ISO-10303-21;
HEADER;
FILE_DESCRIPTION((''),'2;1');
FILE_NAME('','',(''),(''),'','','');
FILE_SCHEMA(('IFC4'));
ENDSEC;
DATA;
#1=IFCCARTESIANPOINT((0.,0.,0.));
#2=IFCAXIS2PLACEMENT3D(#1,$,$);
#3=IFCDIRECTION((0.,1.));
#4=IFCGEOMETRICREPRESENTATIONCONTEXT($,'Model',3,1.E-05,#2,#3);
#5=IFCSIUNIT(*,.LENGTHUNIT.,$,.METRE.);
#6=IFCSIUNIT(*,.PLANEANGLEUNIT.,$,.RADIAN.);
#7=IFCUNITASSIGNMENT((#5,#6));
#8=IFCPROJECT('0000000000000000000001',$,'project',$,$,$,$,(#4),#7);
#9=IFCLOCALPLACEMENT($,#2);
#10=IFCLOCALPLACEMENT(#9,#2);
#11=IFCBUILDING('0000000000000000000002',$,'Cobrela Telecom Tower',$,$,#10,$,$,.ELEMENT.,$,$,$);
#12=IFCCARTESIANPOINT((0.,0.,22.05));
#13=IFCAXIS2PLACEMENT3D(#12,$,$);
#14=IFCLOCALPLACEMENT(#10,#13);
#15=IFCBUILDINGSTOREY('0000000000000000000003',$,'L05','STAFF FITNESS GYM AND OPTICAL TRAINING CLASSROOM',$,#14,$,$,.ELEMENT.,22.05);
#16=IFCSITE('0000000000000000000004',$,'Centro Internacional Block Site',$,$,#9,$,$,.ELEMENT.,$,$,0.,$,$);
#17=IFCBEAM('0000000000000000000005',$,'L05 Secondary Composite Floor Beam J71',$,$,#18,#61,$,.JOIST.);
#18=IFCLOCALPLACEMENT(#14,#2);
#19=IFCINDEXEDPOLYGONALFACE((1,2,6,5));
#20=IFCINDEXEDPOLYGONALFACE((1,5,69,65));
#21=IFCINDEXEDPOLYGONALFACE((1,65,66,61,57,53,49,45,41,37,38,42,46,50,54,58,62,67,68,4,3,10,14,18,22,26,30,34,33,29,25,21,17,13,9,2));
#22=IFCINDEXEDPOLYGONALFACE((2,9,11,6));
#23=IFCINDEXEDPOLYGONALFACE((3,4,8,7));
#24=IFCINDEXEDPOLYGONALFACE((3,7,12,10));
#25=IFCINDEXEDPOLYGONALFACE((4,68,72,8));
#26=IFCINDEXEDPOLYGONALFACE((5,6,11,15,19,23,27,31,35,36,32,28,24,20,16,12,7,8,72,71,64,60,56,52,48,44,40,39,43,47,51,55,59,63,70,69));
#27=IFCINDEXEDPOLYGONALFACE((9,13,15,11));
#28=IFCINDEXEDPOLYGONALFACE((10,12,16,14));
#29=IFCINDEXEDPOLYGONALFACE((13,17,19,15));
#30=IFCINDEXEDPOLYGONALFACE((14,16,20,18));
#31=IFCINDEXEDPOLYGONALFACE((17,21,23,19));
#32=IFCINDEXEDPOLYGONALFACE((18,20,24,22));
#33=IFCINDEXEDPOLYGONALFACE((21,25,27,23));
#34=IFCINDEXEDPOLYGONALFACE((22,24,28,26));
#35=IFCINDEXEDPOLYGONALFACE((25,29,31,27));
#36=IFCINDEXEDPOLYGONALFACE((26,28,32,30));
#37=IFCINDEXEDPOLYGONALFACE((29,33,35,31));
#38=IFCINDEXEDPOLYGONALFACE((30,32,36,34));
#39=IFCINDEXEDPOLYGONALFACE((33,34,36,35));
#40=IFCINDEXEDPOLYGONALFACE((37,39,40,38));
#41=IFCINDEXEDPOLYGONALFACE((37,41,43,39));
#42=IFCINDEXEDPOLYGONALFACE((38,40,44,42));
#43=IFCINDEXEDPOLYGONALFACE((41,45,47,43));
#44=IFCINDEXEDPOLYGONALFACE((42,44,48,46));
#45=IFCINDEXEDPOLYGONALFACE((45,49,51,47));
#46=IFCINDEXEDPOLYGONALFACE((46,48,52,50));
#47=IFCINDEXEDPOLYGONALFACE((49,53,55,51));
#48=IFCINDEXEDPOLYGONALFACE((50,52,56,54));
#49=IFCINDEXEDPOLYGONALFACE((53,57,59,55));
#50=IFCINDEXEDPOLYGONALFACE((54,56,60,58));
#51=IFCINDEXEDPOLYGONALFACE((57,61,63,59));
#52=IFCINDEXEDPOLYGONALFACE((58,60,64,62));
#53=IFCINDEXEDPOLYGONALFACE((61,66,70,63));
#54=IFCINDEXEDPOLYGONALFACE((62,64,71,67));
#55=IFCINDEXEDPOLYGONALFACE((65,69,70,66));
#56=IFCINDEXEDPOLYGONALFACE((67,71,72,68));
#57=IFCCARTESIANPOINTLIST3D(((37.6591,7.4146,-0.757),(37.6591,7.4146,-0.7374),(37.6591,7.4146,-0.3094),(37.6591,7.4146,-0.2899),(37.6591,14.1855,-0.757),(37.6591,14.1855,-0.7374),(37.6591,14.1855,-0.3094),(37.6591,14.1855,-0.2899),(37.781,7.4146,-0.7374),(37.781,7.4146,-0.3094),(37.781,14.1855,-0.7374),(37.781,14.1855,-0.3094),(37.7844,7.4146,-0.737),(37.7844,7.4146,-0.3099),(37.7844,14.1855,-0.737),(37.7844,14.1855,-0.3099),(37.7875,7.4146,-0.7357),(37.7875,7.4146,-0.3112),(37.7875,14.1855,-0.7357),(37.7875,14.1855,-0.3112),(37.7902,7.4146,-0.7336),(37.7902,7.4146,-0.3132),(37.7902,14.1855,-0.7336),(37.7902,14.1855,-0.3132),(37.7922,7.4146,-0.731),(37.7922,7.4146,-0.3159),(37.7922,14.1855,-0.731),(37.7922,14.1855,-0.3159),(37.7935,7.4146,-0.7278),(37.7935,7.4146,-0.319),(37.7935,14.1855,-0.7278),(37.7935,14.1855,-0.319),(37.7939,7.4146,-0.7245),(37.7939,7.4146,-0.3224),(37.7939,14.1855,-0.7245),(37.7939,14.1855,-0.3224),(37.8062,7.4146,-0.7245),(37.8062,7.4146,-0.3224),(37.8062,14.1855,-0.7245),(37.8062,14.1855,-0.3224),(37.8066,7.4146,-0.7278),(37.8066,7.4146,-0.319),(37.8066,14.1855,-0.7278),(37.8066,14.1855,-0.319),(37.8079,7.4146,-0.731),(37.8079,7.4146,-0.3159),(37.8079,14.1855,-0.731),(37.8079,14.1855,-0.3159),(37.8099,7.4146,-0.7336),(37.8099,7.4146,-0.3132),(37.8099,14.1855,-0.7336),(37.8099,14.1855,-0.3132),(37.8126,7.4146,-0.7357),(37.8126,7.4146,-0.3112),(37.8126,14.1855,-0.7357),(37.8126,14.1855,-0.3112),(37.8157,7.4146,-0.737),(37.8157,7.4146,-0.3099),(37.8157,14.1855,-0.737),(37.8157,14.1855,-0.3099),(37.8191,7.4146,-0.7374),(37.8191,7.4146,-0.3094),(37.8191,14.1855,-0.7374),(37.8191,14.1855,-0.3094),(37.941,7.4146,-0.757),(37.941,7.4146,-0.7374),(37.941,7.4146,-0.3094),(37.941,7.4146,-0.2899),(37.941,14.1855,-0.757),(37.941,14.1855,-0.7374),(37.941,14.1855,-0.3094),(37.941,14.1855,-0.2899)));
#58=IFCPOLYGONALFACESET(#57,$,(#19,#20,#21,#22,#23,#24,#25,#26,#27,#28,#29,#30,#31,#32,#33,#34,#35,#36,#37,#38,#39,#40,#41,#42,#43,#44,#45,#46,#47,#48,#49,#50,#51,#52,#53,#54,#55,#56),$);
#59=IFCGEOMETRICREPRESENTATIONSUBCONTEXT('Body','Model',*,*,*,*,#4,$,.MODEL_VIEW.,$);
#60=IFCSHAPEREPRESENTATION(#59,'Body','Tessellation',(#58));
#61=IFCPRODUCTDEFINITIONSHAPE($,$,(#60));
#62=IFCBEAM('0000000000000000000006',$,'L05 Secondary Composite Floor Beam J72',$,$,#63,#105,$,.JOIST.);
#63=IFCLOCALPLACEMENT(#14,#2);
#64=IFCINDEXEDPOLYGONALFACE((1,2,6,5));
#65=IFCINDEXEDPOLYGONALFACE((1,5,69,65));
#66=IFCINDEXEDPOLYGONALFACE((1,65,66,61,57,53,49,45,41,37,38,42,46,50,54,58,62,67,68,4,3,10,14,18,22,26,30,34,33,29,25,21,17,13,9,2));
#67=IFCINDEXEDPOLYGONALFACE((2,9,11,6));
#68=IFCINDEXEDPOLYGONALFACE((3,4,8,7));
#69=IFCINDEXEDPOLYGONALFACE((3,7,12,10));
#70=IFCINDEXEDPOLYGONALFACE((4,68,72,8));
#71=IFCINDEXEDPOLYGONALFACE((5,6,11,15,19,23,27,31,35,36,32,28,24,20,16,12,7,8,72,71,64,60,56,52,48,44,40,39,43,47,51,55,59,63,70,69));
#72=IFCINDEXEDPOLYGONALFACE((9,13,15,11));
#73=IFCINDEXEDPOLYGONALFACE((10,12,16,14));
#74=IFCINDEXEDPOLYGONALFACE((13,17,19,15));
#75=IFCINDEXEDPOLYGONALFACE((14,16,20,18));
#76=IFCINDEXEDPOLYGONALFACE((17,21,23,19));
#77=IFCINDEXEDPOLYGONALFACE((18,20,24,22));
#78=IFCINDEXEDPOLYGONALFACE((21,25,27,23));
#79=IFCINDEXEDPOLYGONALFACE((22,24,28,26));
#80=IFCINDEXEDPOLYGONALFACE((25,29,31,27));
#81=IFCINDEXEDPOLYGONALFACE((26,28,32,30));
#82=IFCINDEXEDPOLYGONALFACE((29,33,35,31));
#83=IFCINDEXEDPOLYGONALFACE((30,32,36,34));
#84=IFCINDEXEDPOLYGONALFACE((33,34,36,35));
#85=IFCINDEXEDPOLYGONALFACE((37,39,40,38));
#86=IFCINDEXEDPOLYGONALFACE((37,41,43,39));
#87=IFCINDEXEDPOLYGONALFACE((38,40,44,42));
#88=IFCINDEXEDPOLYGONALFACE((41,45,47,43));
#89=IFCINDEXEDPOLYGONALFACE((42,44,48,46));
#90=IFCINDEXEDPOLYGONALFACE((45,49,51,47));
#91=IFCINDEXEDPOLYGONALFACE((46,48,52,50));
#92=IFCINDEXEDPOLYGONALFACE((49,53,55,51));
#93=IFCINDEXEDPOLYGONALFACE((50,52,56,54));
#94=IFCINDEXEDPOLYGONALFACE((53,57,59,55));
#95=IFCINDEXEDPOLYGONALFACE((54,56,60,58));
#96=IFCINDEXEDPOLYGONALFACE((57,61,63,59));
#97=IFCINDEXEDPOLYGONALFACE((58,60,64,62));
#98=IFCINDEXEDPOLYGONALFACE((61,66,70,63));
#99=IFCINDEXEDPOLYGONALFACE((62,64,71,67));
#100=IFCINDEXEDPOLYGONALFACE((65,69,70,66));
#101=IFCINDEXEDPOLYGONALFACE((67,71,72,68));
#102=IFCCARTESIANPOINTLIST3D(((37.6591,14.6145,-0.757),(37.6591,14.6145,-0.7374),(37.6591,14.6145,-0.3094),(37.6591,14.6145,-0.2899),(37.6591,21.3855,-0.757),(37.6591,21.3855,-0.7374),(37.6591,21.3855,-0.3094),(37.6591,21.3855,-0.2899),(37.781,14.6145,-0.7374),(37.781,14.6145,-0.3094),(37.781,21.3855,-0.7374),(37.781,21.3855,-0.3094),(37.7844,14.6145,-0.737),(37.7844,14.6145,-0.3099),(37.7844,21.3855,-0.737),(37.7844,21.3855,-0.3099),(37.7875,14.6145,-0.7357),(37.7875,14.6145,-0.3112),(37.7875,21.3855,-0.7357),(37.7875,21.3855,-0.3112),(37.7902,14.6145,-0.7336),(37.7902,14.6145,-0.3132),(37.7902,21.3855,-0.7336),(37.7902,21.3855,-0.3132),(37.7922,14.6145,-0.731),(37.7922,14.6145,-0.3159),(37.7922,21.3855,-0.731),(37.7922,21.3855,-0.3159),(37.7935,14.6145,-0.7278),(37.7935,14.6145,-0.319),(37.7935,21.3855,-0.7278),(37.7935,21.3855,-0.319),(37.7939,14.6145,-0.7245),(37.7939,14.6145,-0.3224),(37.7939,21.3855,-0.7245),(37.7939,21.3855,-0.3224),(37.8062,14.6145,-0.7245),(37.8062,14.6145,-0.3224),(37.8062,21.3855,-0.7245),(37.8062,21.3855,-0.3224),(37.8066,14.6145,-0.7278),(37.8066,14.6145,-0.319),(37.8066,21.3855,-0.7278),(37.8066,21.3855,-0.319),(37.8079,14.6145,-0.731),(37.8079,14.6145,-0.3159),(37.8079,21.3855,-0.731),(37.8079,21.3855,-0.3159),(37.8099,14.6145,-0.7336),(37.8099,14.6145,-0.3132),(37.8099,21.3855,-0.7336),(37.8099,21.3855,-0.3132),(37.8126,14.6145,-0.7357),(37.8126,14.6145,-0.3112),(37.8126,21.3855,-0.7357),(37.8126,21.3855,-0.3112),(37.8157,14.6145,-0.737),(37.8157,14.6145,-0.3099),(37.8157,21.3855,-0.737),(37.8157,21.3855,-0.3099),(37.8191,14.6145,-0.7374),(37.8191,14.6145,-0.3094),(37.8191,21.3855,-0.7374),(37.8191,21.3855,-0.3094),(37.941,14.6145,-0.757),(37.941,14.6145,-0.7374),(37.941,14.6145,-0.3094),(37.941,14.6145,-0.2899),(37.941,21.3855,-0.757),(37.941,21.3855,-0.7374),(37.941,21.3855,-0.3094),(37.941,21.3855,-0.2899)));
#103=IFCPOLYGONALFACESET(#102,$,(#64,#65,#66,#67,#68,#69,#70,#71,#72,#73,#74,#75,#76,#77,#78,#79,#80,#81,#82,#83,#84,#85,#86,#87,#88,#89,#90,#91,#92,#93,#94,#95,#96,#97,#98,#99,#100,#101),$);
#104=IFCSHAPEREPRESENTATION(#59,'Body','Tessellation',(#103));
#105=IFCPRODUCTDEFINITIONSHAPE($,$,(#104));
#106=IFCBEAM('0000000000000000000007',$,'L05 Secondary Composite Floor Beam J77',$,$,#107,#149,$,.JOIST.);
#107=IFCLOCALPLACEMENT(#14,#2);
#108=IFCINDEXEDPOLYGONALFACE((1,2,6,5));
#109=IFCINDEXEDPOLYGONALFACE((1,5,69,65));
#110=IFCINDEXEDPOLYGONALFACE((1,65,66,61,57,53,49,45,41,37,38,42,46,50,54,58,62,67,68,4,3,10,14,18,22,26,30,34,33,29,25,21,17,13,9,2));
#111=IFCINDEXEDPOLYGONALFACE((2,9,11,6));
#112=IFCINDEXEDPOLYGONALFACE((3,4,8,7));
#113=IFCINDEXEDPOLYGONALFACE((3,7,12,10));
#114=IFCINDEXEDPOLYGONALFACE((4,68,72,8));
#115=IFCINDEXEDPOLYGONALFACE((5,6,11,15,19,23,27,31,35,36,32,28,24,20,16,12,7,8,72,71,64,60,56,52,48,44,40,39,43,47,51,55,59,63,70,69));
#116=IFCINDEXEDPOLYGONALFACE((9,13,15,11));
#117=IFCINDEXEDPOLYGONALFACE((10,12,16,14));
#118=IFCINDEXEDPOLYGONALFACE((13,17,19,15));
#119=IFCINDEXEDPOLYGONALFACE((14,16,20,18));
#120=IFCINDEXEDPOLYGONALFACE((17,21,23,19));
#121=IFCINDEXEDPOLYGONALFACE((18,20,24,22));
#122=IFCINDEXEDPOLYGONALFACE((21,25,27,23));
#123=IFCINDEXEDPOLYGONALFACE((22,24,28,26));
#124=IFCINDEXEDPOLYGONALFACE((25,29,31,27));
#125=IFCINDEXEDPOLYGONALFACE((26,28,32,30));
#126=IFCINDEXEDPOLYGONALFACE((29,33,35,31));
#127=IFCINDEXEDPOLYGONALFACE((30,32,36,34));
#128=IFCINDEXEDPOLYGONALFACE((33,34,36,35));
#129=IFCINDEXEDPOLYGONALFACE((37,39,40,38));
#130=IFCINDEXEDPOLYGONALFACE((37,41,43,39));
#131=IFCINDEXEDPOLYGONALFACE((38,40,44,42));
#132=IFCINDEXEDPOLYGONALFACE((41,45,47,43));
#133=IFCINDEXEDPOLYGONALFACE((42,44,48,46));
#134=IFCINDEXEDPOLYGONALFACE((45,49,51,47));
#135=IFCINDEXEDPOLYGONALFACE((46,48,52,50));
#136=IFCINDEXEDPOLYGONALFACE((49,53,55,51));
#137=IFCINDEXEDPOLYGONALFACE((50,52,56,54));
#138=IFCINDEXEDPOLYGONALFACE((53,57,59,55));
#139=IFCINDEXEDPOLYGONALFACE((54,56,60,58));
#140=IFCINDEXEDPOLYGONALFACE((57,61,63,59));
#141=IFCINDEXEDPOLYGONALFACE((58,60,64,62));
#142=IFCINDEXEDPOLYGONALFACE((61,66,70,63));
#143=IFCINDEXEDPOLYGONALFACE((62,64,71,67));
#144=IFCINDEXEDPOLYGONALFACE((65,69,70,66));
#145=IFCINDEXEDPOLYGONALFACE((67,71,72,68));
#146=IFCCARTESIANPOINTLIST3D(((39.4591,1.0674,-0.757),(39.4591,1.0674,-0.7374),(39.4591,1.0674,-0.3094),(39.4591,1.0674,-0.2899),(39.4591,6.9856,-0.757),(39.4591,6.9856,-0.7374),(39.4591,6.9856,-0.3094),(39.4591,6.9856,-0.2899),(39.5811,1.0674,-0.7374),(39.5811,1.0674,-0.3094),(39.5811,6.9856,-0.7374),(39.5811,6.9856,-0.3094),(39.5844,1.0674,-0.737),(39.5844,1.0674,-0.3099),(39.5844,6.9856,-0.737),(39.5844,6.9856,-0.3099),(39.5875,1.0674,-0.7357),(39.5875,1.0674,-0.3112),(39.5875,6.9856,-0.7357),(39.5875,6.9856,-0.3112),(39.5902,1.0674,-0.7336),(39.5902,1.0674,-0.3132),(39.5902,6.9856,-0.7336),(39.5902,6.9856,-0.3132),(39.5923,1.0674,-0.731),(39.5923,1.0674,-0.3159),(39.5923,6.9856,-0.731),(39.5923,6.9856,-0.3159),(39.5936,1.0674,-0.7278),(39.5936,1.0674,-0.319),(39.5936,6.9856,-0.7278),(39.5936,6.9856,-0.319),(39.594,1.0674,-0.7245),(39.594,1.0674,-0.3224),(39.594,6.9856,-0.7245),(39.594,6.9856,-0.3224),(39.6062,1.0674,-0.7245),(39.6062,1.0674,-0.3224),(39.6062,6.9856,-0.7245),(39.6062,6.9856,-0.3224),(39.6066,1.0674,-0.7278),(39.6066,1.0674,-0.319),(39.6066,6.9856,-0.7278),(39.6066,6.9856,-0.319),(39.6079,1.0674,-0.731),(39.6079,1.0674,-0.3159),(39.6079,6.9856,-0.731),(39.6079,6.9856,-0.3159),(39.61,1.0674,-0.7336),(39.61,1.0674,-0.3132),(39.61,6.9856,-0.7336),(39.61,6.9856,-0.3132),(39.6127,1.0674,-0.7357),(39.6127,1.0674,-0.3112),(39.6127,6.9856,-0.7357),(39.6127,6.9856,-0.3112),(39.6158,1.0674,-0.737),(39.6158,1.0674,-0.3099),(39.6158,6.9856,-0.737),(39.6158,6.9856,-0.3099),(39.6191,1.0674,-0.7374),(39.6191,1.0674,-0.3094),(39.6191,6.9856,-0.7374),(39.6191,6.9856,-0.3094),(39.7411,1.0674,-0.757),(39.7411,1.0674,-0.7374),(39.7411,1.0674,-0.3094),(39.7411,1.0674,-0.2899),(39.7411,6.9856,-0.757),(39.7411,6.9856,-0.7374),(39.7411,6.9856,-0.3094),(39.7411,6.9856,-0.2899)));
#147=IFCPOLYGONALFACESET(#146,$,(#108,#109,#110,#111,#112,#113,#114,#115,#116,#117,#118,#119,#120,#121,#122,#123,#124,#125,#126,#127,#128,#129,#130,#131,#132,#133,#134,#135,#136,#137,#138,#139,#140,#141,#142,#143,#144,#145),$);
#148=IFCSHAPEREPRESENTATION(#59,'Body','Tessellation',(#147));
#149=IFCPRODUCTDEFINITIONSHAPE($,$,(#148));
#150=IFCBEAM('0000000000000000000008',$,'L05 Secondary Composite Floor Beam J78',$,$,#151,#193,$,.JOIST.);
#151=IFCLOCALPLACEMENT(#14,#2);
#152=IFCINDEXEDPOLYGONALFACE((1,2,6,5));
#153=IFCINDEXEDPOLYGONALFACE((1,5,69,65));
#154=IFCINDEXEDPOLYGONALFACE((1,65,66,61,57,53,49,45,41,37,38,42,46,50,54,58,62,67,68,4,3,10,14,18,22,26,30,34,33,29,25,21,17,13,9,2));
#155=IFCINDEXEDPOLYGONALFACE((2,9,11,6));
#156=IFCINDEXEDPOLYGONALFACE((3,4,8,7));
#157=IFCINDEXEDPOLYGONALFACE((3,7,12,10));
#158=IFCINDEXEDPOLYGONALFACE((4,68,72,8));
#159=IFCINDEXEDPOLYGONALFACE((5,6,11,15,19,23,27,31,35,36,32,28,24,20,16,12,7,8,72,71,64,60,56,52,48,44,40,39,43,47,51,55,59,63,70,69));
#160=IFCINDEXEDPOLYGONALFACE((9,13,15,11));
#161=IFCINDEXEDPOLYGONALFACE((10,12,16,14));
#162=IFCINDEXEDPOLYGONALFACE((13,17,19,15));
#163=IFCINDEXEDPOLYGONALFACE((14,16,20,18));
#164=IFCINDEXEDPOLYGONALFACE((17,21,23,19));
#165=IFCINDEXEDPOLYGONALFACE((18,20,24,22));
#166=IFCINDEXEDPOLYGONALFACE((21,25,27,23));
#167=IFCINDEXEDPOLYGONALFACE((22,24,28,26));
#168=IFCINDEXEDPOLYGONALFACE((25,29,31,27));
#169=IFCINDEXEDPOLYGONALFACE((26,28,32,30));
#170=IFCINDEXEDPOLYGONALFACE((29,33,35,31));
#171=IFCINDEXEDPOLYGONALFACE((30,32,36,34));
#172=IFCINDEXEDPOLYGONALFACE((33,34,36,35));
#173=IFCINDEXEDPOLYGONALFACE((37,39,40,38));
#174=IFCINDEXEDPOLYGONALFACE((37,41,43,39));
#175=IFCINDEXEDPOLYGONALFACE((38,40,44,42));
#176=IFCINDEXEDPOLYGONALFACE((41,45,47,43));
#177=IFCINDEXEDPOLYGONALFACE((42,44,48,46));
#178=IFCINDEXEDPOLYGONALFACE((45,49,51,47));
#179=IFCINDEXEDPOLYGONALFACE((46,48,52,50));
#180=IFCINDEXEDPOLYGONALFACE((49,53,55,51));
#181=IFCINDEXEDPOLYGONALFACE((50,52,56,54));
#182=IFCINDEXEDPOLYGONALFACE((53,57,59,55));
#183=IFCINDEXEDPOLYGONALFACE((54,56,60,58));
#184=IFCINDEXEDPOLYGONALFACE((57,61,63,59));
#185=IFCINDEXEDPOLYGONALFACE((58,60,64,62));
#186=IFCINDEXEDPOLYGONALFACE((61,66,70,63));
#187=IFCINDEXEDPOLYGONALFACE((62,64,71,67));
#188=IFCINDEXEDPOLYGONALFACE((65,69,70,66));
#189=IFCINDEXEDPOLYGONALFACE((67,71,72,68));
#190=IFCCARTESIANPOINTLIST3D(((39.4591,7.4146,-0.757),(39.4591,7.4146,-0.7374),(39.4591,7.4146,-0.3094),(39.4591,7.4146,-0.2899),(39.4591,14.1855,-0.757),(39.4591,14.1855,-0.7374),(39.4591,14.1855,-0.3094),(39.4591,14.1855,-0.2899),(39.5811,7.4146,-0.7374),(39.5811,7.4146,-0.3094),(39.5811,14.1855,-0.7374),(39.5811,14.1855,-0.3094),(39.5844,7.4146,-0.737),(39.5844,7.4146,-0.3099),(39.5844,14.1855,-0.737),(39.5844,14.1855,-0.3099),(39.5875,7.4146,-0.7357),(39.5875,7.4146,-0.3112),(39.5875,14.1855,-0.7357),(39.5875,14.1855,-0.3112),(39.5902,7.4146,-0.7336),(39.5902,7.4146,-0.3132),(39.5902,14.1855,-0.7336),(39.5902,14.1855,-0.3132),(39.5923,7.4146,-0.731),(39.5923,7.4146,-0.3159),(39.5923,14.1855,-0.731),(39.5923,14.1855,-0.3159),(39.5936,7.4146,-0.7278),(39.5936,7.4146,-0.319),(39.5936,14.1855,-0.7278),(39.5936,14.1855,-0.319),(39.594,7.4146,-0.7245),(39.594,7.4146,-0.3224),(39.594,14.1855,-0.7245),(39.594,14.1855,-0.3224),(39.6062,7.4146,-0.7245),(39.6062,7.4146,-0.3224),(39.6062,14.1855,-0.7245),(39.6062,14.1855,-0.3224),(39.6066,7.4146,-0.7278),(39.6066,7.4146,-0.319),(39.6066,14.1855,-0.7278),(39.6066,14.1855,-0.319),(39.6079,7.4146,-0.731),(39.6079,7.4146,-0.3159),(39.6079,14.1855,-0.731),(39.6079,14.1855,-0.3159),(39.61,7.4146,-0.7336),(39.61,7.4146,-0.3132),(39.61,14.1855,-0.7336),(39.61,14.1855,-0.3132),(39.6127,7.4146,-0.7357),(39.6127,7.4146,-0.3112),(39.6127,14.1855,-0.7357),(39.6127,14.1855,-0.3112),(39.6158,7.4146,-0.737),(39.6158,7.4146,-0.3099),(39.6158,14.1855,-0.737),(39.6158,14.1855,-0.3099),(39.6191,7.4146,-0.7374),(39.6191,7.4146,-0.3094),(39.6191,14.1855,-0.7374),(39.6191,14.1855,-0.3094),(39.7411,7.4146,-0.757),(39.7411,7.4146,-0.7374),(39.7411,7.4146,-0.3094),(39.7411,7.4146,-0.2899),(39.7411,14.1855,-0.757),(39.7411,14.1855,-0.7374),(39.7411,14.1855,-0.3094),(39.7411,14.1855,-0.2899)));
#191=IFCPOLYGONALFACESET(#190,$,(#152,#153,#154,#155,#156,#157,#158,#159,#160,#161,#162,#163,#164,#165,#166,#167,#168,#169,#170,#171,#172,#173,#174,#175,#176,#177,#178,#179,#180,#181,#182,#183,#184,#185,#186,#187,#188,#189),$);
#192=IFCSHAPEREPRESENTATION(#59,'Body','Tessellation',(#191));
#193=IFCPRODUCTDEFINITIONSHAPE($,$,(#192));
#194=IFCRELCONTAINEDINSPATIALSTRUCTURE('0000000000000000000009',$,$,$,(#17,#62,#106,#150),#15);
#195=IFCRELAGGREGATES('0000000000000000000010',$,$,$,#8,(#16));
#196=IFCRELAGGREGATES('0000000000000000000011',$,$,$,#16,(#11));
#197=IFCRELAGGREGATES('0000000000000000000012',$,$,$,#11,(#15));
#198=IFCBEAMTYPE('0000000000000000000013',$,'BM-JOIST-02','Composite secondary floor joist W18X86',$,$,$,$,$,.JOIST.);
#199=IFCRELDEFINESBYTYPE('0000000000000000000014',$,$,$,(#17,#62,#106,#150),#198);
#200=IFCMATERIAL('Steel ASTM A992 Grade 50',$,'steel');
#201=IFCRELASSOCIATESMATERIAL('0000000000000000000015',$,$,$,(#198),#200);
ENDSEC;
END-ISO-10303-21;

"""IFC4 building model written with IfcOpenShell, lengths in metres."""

from ifc_helpers import new_model, si_unit, direction, frame, origin, origin_2d, place, context, subcontext, project, spatial, i_section, extrude, material, material_profile, profile_set, type_object, element, save


model = new_model("IFC4")

# Units and contexts
model_context = context("Model", 3, precision=1e-05, world=origin(), true_north=direction((0.0, 1.0)))
body_context = subcontext(model_context, "Body", "Model", "MODEL_VIEW")
ifc_project = project(units=[si_unit("LENGTHUNIT", "METRE"), si_unit("PLANEANGLEUNIT", "RADIAN")], contexts=[model_context])

# Site, building, storey
site_placement = place(None, origin())
site = spatial("IfcSite", under=ifc_project, at=site_placement, Name="Centro Internacional Block Site", CompositionType="ELEMENT", RefElevation=0.0)
building_placement = place(site_placement, origin())
building = spatial("IfcBuilding", under=site, at=building_placement, Name="Cobrela Telecom Tower", CompositionType="ELEMENT")
storey_placement = place(building_placement, frame((0.0, 0.0, 22.05)))
storey = spatial("IfcBuildingStorey", under=building, at=storey_placement, Name="L05", Description="STAFF FITNESS GYM AND OPTICAL TRAINING CLASSROOM", CompositionType="ELEMENT", Elevation=22.05)

# Beams
ifc_material_1 = material(Name="Steel ASTM A992 Grade 50", Category="steel")
ifc_material_profile_1 = material_profile(ifc_material_1, i_section(OverallWidth=0.282, OverallDepth=0.467, WebThickness=0.0122, FlangeThickness=0.0195, FilletRadius=0.0129, at=origin_2d()), Name="W18X86")
ifc_profile_set_1 = profile_set([ifc_material_profile_1], Name="Steel ASTM A992 Grade 50")
beam_type_1 = type_object("IfcBeamType", Name="BM-JOIST-02", Description="Composite secondary floor joist W18X86", PredefinedType="JOIST", material=ifc_profile_set_1)
for number, where, z_axis, x_axis, name in (
    (1, (37.8, 7.4146, -0.5234), (0.0, 1.0, 0.0), (-1.0, 0.0, 0.0), "L05 Secondary Composite Floor Beam J71"),
    (2, (37.8, 14.6145, -0.5234), (0.0, 1.0, 0.0), (-1.0, 0.0, 0.0), "L05 Secondary Composite Floor Beam J72"),
):
    element("IfcBeam", number, at=place(storey_placement, frame(where, z_axis=z_axis, x_axis=x_axis)), inside=storey, type_object=beam_type_1, Name=name, PredefinedType="JOIST", context=body_context, shape_type="SweptSolid", body=[
        extrude(i_section(OverallWidth=0.282, OverallDepth=0.467, WebThickness=0.0122, FlangeThickness=0.0195, FilletRadius=0.0129, at=origin_2d()), origin(), (0.0, 0.0, 1.0), 6.771),
    ])
beam_1_placement = place(storey_placement, frame((39.6001, 1.0674, -0.5234), z_axis=(0.0, 1.0, 0.0), x_axis=(-1.0, 0.0, 0.0)))
element("IfcBeam", 3, at=beam_1_placement, inside=storey, type_object=beam_type_1, Name="L05 Secondary Composite Floor Beam J77", PredefinedType="JOIST", context=body_context, shape_type="SweptSolid", body=[
    extrude(i_section(OverallWidth=0.282, OverallDepth=0.467, WebThickness=0.0122, FlangeThickness=0.0195, FilletRadius=0.0129, at=origin_2d()), origin(), (0.0, 0.0, 1.0), 5.9182),
])
for number, where, z_axis, x_axis, name in (
    (4, (39.6001, 7.4146, -0.5234), (0.0, 1.0, 0.0), (-1.0, 0.0, 0.0), "L05 Secondary Composite Floor Beam J78"),
):
    element("IfcBeam", number, at=place(storey_placement, frame(where, z_axis=z_axis, x_axis=x_axis)), inside=storey, type_object=beam_type_1, Name=name, PredefinedType="JOIST", context=body_context, shape_type="SweptSolid", body=[
        extrude(i_section(OverallWidth=0.282, OverallDepth=0.467, WebThickness=0.0122, FlangeThickness=0.0195, FilletRadius=0.0129, at=origin_2d()), origin(), (0.0, 0.0, 1.0), 6.771),
    ])

save(model, "model.ifc")
